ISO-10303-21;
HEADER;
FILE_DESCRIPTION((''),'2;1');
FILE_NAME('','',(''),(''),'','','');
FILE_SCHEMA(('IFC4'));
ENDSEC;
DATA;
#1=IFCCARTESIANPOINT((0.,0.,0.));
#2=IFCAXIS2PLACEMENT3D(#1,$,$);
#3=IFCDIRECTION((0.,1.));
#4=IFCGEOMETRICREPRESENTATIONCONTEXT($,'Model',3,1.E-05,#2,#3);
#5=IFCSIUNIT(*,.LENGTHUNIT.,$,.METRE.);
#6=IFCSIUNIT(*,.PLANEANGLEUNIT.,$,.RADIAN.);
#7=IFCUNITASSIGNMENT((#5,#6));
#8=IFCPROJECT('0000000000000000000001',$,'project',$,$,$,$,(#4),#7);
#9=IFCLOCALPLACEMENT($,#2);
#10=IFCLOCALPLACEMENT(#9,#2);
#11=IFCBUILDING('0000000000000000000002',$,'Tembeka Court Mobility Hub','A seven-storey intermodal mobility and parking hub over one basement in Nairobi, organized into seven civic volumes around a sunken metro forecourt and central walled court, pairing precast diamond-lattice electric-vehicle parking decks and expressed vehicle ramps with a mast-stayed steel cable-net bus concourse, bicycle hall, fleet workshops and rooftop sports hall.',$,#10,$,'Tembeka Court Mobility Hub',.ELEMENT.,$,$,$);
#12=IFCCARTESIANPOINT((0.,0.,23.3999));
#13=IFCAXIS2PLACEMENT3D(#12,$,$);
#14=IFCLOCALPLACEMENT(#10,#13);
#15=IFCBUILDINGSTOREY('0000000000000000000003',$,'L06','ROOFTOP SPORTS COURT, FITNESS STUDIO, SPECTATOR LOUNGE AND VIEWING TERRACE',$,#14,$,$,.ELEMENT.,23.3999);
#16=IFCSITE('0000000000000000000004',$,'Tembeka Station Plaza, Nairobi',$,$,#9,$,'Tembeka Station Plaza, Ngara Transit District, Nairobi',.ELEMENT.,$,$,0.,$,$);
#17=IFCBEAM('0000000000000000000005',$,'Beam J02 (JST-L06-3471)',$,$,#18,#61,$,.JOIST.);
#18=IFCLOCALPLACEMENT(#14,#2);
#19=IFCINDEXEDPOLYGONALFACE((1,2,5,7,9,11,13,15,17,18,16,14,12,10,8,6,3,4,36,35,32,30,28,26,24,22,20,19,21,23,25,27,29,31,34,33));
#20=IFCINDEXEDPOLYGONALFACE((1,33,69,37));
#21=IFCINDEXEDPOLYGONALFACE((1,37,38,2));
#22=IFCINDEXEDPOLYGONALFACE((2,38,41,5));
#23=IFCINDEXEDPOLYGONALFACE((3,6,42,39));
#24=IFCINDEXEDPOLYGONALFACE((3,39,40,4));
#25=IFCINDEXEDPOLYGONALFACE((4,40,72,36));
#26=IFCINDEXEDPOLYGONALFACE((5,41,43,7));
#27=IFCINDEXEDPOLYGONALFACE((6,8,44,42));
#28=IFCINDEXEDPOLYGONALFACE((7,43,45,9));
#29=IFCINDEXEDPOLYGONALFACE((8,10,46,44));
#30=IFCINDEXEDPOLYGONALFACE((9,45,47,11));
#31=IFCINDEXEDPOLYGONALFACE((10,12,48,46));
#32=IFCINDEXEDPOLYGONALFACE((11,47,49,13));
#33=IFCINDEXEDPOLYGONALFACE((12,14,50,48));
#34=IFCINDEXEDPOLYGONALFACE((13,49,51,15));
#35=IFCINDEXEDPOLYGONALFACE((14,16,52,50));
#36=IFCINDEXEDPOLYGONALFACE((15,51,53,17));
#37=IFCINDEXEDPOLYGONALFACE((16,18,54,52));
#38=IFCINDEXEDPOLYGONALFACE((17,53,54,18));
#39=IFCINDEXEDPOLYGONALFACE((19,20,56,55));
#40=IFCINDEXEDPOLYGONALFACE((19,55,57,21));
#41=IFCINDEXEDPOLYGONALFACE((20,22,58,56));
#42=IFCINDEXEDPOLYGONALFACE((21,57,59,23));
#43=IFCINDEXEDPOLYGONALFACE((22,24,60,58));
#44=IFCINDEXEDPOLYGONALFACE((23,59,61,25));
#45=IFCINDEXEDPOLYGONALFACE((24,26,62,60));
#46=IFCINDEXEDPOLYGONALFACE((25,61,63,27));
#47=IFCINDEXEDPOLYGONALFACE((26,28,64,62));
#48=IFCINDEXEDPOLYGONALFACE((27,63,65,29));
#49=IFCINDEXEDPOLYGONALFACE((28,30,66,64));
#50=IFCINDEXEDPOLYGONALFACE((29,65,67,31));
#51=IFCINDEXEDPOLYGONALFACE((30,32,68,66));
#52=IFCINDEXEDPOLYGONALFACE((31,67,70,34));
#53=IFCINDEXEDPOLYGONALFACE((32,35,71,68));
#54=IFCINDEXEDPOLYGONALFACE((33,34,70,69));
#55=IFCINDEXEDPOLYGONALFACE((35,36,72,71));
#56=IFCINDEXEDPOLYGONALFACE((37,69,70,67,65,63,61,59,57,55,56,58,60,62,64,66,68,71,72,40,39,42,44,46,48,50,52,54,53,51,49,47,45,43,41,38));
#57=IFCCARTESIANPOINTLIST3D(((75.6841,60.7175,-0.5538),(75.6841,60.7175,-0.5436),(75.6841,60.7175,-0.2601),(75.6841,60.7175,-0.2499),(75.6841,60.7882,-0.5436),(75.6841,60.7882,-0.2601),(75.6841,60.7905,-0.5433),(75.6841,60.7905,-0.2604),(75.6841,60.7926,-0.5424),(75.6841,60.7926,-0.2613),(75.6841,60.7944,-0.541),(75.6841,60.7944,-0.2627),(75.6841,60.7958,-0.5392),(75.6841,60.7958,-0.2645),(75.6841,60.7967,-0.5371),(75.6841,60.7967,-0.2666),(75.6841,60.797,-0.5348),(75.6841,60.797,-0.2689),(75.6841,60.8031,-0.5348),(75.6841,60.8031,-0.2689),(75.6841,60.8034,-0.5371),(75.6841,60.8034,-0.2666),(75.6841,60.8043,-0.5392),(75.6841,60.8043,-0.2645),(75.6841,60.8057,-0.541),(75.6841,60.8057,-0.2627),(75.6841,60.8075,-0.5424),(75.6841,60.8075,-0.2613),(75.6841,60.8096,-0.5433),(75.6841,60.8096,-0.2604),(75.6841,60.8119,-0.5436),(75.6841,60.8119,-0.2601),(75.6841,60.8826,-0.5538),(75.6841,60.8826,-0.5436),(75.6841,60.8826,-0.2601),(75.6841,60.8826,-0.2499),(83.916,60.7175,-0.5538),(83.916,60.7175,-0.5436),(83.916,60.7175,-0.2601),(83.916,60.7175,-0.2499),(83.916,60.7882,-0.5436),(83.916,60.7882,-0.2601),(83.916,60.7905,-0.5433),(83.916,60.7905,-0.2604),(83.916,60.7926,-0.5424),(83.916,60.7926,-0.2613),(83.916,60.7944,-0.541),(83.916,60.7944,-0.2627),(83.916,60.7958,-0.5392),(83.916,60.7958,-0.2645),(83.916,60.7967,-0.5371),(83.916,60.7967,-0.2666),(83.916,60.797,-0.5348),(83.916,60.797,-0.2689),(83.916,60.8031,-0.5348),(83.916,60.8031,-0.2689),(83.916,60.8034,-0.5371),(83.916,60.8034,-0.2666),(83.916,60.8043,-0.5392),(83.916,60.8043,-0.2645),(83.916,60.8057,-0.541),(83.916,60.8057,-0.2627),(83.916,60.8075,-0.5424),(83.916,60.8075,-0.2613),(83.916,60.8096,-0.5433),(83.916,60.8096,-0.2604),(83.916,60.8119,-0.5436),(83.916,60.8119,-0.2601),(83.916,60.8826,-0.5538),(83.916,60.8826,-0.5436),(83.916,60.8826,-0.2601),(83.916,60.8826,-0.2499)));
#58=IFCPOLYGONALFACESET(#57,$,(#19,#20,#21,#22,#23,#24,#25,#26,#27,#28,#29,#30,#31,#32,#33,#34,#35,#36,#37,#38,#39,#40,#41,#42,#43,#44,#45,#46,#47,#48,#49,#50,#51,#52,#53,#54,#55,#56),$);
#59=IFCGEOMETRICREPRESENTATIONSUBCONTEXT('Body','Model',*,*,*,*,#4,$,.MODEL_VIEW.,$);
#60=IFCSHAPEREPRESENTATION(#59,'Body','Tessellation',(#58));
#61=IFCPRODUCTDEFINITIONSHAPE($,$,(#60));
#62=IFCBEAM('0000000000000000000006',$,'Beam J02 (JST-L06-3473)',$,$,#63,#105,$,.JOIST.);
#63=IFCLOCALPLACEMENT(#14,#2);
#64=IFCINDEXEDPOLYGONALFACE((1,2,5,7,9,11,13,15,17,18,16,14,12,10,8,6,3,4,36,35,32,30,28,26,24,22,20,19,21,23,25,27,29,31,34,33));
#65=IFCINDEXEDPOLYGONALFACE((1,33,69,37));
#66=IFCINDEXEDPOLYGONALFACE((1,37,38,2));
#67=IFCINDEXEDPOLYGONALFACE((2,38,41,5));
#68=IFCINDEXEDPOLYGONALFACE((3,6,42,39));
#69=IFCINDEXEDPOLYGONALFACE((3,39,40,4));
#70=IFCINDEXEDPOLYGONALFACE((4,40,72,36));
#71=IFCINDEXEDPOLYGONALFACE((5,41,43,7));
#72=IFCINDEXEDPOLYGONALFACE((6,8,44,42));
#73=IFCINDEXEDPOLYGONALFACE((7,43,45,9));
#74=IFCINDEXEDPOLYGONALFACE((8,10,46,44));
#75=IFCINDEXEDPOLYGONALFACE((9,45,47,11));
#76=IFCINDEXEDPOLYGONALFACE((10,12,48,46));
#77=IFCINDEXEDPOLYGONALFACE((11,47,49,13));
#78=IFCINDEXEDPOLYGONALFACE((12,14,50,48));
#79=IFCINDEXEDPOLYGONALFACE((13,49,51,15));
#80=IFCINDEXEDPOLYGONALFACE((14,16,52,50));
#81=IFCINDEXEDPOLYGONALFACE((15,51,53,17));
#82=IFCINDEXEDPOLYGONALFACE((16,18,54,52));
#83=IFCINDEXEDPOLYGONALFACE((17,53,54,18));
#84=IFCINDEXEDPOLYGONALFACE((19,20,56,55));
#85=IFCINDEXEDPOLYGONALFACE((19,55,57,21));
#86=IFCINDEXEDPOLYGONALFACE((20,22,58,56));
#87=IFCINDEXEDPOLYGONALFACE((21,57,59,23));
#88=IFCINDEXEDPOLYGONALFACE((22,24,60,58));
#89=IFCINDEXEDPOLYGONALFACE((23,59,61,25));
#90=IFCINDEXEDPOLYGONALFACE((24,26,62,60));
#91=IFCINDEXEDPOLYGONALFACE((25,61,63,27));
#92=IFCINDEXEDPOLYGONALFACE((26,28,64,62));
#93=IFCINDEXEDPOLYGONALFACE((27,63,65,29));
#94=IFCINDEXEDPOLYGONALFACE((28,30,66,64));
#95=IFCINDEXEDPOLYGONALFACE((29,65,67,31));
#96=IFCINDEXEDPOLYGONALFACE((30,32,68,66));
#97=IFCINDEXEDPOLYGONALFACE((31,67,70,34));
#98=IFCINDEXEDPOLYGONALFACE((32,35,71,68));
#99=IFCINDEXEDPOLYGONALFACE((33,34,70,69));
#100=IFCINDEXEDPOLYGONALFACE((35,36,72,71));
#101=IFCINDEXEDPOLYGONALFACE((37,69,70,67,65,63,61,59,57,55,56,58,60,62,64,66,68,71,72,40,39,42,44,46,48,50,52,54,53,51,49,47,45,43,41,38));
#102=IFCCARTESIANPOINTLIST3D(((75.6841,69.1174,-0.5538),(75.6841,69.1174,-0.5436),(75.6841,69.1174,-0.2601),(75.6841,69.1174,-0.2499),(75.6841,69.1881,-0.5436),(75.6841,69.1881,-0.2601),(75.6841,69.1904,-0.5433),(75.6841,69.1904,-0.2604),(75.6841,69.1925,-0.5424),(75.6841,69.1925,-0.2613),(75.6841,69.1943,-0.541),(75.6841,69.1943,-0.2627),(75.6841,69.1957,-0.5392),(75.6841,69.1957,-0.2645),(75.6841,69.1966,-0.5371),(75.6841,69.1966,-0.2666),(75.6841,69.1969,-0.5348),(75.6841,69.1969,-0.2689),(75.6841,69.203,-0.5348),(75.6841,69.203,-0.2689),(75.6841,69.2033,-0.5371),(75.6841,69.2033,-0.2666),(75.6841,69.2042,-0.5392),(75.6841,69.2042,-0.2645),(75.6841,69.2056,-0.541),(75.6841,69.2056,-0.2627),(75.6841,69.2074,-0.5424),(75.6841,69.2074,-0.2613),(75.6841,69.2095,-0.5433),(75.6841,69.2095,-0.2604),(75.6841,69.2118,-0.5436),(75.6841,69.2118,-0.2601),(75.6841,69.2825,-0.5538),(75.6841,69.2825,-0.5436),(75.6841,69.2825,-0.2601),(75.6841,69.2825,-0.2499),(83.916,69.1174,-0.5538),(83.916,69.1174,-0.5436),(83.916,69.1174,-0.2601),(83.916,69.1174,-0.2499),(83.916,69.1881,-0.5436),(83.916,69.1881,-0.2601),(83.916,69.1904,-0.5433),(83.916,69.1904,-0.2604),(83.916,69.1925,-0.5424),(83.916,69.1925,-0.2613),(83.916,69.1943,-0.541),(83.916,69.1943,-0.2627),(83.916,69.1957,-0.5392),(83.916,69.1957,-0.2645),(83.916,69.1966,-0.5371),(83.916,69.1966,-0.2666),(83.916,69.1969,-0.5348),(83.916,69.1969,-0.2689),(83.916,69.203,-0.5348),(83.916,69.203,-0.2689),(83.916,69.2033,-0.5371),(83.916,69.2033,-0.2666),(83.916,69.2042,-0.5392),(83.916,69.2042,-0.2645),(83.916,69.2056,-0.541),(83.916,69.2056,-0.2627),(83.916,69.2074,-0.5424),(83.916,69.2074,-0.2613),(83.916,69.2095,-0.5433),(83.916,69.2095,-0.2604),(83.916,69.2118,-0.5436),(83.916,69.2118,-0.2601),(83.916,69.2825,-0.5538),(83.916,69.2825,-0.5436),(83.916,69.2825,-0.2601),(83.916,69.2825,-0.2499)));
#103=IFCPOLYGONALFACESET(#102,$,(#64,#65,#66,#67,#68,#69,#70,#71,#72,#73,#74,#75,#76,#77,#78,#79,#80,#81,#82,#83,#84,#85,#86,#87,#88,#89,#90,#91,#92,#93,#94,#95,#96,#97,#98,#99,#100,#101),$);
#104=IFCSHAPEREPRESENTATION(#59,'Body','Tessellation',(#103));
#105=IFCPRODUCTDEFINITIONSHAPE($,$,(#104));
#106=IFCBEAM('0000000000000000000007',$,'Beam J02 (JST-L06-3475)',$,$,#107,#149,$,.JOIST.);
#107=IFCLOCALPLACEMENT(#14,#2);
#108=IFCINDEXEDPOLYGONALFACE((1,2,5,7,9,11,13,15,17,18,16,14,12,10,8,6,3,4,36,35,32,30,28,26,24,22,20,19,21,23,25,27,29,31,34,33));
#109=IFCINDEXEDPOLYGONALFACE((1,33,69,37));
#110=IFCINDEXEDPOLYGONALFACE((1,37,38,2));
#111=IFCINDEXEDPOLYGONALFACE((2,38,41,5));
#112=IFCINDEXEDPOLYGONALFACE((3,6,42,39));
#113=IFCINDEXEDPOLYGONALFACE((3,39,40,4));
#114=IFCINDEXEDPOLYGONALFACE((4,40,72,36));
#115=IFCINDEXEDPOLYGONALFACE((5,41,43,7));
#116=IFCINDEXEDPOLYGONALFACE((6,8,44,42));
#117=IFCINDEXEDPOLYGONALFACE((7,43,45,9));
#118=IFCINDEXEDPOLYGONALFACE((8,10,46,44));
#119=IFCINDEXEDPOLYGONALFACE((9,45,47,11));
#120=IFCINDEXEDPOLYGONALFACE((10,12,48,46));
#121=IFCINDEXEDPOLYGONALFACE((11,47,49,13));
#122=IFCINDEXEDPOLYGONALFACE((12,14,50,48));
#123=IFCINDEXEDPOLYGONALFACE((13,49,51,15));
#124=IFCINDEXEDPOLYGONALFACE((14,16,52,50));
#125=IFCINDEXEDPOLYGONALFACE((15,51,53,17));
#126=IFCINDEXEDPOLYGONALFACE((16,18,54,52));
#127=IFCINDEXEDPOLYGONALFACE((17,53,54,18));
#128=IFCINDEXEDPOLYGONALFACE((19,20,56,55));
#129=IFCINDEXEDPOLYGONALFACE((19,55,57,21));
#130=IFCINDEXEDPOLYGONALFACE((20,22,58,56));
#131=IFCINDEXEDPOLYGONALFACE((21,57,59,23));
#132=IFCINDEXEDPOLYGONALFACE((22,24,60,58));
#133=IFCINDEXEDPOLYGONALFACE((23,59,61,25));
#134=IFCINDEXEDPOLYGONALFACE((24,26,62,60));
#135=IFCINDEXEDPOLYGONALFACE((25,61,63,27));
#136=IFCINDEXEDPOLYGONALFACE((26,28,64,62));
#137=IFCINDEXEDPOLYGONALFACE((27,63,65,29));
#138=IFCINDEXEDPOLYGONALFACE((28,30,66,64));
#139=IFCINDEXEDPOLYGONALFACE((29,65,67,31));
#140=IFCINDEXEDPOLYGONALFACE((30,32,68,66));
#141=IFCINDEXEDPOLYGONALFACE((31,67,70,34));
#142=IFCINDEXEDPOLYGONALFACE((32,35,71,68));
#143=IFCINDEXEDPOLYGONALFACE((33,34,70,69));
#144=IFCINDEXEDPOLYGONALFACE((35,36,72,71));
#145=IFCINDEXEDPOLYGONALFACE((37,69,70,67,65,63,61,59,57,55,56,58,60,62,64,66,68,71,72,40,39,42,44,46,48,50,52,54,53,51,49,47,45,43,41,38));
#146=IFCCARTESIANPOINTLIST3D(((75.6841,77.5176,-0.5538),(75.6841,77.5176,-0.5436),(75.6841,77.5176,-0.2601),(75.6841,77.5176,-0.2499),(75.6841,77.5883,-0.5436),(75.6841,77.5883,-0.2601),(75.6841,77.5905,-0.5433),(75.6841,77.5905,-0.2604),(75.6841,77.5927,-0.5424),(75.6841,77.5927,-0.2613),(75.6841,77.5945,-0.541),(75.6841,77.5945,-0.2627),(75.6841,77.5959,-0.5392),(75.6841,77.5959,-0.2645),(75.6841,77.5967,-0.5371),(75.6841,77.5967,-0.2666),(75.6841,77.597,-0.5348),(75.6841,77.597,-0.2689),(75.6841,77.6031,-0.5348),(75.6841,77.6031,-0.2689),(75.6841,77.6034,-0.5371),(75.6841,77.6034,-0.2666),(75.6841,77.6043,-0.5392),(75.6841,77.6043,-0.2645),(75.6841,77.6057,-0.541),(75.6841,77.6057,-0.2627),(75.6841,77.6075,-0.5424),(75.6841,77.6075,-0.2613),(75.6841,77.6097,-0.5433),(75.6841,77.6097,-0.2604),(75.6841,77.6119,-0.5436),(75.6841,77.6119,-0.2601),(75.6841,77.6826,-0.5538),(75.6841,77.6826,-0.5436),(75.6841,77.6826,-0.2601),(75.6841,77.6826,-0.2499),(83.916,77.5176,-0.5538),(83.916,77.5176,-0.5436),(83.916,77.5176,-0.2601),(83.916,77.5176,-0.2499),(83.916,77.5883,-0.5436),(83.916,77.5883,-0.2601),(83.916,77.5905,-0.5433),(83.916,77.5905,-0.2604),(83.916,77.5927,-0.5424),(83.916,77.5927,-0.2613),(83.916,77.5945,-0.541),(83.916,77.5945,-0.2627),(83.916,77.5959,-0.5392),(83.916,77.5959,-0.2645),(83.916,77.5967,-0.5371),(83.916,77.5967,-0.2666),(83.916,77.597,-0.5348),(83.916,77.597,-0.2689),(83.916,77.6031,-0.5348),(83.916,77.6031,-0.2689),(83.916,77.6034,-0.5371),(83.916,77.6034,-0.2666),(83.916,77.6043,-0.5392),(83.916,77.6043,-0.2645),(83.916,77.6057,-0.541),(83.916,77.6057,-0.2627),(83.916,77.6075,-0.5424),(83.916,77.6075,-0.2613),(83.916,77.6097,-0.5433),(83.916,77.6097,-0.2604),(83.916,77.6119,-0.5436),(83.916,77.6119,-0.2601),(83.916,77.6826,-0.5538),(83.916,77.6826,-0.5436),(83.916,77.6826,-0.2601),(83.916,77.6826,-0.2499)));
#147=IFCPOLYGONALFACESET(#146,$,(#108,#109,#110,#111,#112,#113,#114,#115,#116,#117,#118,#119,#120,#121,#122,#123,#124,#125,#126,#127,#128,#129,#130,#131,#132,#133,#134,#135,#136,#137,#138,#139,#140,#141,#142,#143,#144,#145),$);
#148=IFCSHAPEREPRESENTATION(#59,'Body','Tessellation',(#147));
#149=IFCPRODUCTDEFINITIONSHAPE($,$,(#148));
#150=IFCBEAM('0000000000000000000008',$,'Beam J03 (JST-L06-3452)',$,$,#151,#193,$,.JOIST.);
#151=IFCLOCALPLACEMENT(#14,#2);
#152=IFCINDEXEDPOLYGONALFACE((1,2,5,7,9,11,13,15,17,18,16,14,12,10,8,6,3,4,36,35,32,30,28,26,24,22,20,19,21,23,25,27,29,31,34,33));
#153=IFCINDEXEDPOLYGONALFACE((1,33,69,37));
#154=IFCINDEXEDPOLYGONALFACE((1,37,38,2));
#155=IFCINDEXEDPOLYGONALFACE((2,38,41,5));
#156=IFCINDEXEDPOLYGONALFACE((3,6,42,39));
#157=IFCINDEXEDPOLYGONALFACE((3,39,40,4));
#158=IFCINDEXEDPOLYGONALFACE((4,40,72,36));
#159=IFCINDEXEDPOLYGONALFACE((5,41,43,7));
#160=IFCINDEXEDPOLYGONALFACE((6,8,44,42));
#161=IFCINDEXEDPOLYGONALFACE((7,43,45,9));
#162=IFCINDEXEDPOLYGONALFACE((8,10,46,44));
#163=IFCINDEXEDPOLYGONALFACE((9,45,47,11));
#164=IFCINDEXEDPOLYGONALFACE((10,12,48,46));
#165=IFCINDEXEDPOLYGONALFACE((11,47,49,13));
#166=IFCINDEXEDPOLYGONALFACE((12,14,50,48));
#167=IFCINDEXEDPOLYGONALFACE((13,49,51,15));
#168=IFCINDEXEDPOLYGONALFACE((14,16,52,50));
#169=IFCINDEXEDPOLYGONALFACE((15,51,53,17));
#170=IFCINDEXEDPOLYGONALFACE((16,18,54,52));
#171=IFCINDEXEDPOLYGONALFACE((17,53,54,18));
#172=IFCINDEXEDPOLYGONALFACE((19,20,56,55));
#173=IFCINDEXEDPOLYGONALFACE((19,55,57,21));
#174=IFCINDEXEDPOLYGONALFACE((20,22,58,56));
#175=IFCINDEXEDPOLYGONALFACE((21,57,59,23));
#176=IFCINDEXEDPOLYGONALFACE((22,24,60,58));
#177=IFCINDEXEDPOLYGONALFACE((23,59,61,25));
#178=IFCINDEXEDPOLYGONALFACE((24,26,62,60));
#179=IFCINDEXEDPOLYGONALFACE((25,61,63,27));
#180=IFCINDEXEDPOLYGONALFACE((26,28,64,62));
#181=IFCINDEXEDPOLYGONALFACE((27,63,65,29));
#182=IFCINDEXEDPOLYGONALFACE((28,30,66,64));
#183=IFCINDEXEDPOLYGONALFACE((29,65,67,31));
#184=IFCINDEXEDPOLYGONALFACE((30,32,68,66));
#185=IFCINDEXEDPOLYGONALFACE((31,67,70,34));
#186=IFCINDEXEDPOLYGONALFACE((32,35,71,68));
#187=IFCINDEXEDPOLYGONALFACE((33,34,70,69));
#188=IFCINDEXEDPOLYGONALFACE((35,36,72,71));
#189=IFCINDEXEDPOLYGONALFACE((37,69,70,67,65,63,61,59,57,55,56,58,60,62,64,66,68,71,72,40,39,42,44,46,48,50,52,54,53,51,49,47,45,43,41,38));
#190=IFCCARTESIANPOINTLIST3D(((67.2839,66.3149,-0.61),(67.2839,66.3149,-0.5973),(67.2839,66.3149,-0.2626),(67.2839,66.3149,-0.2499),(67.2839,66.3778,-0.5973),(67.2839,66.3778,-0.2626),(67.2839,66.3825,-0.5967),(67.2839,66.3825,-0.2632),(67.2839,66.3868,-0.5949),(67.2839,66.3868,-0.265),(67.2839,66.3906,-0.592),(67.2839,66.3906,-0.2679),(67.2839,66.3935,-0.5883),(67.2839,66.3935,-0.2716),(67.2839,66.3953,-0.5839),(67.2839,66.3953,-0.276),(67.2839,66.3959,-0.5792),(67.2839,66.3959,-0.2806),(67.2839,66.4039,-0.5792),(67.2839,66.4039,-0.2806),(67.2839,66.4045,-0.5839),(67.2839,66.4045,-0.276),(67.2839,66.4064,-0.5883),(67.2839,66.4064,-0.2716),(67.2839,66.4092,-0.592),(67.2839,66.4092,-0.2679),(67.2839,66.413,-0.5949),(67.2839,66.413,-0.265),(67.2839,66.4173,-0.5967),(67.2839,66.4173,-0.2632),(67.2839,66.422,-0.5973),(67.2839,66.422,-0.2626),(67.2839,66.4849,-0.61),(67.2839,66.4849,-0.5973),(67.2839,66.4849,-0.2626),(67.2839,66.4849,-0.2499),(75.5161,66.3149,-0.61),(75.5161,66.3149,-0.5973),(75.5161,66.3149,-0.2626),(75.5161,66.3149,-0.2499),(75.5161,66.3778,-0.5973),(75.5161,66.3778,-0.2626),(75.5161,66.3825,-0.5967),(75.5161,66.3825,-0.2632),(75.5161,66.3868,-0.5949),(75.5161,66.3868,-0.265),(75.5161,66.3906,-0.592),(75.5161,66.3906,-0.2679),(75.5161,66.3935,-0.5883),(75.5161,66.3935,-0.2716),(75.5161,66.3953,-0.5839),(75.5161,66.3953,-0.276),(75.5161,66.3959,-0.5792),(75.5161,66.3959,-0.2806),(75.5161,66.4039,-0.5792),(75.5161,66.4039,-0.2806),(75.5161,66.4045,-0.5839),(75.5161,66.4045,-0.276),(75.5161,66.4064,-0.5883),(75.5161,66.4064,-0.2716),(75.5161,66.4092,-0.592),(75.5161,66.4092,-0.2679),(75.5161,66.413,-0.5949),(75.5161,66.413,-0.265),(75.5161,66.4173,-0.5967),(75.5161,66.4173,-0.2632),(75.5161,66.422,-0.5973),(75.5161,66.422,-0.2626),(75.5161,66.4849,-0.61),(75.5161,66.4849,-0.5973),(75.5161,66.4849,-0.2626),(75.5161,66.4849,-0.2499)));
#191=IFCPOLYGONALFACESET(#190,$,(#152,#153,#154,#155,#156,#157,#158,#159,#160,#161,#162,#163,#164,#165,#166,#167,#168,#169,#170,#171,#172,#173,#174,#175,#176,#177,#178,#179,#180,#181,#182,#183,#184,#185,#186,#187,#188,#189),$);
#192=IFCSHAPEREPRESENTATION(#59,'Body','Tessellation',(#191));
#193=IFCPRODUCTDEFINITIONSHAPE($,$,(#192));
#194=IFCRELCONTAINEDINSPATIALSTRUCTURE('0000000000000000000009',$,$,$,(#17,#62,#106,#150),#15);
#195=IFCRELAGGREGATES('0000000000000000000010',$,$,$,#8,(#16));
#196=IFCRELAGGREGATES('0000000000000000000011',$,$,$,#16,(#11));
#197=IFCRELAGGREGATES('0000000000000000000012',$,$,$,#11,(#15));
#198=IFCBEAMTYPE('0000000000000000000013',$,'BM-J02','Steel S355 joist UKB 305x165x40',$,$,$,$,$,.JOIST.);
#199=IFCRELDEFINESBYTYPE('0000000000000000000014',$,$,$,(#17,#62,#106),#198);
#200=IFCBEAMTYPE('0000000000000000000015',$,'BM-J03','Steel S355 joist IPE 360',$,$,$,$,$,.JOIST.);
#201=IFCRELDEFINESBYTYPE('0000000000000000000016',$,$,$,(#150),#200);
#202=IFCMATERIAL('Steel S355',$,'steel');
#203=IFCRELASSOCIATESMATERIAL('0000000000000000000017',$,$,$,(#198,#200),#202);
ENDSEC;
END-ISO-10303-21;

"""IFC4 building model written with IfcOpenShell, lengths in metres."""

from ifc_helpers import new_model, si_unit, direction, frame, origin, origin_2d, place, context, subcontext, project, spatial, i_section, extrude, material, material_profile, profile_set, type_object, element, save


model = new_model("IFC4")

# Units and contexts
model_context = context("Model", 3, precision=1e-05, world=origin(), true_north=direction((0.0, 1.0)))
body_context = subcontext(model_context, "Body", "Model", "MODEL_VIEW")
ifc_project = project(units=[si_unit("LENGTHUNIT", "METRE"), si_unit("PLANEANGLEUNIT", "RADIAN")], contexts=[model_context])

# Site, building, storey
site_placement = place(None, origin())
site = spatial("IfcSite", under=ifc_project, at=site_placement, Name="Tembeka Station Plaza, Nairobi", LongName="Tembeka Station Plaza, Ngara Transit District, Nairobi", CompositionType="ELEMENT", RefElevation=0.0)
building_placement = place(site_placement, origin())
building = spatial("IfcBuilding", under=site, at=building_placement, Name="Tembeka Court Mobility Hub", Description="A seven-storey intermodal mobility and parking hub over one basement in Nairobi, organized into seven civic volumes around a sunken metro forecourt and central walled court, pairing precast diamond-lattice electric-vehicle parking decks and expressed vehicle ramps with a mast-stayed steel cable-net bus concourse, bicycle hall, fleet workshops and rooftop sports hall.", LongName="Tembeka Court Mobility Hub", CompositionType="ELEMENT")
storey_placement = place(building_placement, frame((0.0, 0.0, 23.3999)))
storey = spatial("IfcBuildingStorey", under=building, at=storey_placement, Name="L06", Description="ROOFTOP SPORTS COURT, FITNESS STUDIO, SPECTATOR LOUNGE AND VIEWING TERRACE", CompositionType="ELEMENT", Elevation=23.3999)

# Shared definitions
ifc_material_1 = material(Name="Steel S355", Category="steel")

# Beams
ifc_material_profile_1 = material_profile(ifc_material_1, i_section(OverallWidth=0.165, OverallDepth=0.304, WebThickness=0.0061, FlangeThickness=0.0103, FilletRadius=0.0088, at=origin_2d()), Name="UKB 305x165x40")
ifc_profile_set_1 = profile_set([ifc_material_profile_1], Name="Steel S355")
beam_type_1 = type_object("IfcBeamType", Name="BM-J02", Description="Steel S355 joist UKB 305x165x40", PredefinedType="JOIST", material=ifc_profile_set_1)
for number, where, z_axis, x_axis, name in (
    (1, (75.6841, 60.8, -0.4019), (1.0, 0.0, 0.0), (0.0, 1.0, 0.0), "Beam J02 (JST-L06-3471)"),
    (2, (75.6841, 69.2, -0.4019), (1.0, 0.0, 0.0), (0.0, 1.0, 0.0), "Beam J02 (JST-L06-3473)"),
    (3, (75.6841, 77.6001, -0.4019), (1.0, 0.0, 0.0), (0.0, 1.0, 0.0), "Beam J02 (JST-L06-3475)"),
):
    element("IfcBeam", number, at=place(storey_placement, frame(where, z_axis=z_axis, x_axis=x_axis)), inside=storey, type_object=beam_type_1, Name=name, PredefinedType="JOIST", context=body_context, shape_type="SweptSolid", body=[
        extrude(i_section(OverallWidth=0.165, OverallDepth=0.304, WebThickness=0.0061, FlangeThickness=0.0103, FilletRadius=0.0088, at=origin_2d()), origin(), (0.0, 0.0, 1.0), 8.2319),
    ])
ifc_material_profile_2 = material_profile(ifc_material_1, i_section(OverallWidth=0.1699, OverallDepth=0.3601, WebThickness=0.0081, FlangeThickness=0.0127, FilletRadius=0.0181, at=origin_2d()), Name="IPE 360")
ifc_profile_set_2 = profile_set([ifc_material_profile_2], Name="Steel S355")
beam_type_2 = type_object("IfcBeamType", Name="BM-J03", Description="Steel S355 joist IPE 360", PredefinedType="JOIST", material=ifc_profile_set_2)
for number, where, z_axis, x_axis, name in (
    (4, (67.2839, 66.3999, -0.4299), (1.0, 0.0, 0.0), (0.0, 1.0, 0.0), "Beam J03 (JST-L06-3452)"),
):
    element("IfcBeam", number, at=place(storey_placement, frame(where, z_axis=z_axis, x_axis=x_axis)), inside=storey, type_object=beam_type_2, Name=name, PredefinedType="JOIST", context=body_context, shape_type="SweptSolid", body=[
        extrude(i_section(OverallWidth=0.1699, OverallDepth=0.3601, WebThickness=0.0081, FlangeThickness=0.0127, FilletRadius=0.0181, at=origin_2d()), origin(), (0.0, 0.0, 1.0), 8.2322),
    ])

save(model, "model.ifc")
